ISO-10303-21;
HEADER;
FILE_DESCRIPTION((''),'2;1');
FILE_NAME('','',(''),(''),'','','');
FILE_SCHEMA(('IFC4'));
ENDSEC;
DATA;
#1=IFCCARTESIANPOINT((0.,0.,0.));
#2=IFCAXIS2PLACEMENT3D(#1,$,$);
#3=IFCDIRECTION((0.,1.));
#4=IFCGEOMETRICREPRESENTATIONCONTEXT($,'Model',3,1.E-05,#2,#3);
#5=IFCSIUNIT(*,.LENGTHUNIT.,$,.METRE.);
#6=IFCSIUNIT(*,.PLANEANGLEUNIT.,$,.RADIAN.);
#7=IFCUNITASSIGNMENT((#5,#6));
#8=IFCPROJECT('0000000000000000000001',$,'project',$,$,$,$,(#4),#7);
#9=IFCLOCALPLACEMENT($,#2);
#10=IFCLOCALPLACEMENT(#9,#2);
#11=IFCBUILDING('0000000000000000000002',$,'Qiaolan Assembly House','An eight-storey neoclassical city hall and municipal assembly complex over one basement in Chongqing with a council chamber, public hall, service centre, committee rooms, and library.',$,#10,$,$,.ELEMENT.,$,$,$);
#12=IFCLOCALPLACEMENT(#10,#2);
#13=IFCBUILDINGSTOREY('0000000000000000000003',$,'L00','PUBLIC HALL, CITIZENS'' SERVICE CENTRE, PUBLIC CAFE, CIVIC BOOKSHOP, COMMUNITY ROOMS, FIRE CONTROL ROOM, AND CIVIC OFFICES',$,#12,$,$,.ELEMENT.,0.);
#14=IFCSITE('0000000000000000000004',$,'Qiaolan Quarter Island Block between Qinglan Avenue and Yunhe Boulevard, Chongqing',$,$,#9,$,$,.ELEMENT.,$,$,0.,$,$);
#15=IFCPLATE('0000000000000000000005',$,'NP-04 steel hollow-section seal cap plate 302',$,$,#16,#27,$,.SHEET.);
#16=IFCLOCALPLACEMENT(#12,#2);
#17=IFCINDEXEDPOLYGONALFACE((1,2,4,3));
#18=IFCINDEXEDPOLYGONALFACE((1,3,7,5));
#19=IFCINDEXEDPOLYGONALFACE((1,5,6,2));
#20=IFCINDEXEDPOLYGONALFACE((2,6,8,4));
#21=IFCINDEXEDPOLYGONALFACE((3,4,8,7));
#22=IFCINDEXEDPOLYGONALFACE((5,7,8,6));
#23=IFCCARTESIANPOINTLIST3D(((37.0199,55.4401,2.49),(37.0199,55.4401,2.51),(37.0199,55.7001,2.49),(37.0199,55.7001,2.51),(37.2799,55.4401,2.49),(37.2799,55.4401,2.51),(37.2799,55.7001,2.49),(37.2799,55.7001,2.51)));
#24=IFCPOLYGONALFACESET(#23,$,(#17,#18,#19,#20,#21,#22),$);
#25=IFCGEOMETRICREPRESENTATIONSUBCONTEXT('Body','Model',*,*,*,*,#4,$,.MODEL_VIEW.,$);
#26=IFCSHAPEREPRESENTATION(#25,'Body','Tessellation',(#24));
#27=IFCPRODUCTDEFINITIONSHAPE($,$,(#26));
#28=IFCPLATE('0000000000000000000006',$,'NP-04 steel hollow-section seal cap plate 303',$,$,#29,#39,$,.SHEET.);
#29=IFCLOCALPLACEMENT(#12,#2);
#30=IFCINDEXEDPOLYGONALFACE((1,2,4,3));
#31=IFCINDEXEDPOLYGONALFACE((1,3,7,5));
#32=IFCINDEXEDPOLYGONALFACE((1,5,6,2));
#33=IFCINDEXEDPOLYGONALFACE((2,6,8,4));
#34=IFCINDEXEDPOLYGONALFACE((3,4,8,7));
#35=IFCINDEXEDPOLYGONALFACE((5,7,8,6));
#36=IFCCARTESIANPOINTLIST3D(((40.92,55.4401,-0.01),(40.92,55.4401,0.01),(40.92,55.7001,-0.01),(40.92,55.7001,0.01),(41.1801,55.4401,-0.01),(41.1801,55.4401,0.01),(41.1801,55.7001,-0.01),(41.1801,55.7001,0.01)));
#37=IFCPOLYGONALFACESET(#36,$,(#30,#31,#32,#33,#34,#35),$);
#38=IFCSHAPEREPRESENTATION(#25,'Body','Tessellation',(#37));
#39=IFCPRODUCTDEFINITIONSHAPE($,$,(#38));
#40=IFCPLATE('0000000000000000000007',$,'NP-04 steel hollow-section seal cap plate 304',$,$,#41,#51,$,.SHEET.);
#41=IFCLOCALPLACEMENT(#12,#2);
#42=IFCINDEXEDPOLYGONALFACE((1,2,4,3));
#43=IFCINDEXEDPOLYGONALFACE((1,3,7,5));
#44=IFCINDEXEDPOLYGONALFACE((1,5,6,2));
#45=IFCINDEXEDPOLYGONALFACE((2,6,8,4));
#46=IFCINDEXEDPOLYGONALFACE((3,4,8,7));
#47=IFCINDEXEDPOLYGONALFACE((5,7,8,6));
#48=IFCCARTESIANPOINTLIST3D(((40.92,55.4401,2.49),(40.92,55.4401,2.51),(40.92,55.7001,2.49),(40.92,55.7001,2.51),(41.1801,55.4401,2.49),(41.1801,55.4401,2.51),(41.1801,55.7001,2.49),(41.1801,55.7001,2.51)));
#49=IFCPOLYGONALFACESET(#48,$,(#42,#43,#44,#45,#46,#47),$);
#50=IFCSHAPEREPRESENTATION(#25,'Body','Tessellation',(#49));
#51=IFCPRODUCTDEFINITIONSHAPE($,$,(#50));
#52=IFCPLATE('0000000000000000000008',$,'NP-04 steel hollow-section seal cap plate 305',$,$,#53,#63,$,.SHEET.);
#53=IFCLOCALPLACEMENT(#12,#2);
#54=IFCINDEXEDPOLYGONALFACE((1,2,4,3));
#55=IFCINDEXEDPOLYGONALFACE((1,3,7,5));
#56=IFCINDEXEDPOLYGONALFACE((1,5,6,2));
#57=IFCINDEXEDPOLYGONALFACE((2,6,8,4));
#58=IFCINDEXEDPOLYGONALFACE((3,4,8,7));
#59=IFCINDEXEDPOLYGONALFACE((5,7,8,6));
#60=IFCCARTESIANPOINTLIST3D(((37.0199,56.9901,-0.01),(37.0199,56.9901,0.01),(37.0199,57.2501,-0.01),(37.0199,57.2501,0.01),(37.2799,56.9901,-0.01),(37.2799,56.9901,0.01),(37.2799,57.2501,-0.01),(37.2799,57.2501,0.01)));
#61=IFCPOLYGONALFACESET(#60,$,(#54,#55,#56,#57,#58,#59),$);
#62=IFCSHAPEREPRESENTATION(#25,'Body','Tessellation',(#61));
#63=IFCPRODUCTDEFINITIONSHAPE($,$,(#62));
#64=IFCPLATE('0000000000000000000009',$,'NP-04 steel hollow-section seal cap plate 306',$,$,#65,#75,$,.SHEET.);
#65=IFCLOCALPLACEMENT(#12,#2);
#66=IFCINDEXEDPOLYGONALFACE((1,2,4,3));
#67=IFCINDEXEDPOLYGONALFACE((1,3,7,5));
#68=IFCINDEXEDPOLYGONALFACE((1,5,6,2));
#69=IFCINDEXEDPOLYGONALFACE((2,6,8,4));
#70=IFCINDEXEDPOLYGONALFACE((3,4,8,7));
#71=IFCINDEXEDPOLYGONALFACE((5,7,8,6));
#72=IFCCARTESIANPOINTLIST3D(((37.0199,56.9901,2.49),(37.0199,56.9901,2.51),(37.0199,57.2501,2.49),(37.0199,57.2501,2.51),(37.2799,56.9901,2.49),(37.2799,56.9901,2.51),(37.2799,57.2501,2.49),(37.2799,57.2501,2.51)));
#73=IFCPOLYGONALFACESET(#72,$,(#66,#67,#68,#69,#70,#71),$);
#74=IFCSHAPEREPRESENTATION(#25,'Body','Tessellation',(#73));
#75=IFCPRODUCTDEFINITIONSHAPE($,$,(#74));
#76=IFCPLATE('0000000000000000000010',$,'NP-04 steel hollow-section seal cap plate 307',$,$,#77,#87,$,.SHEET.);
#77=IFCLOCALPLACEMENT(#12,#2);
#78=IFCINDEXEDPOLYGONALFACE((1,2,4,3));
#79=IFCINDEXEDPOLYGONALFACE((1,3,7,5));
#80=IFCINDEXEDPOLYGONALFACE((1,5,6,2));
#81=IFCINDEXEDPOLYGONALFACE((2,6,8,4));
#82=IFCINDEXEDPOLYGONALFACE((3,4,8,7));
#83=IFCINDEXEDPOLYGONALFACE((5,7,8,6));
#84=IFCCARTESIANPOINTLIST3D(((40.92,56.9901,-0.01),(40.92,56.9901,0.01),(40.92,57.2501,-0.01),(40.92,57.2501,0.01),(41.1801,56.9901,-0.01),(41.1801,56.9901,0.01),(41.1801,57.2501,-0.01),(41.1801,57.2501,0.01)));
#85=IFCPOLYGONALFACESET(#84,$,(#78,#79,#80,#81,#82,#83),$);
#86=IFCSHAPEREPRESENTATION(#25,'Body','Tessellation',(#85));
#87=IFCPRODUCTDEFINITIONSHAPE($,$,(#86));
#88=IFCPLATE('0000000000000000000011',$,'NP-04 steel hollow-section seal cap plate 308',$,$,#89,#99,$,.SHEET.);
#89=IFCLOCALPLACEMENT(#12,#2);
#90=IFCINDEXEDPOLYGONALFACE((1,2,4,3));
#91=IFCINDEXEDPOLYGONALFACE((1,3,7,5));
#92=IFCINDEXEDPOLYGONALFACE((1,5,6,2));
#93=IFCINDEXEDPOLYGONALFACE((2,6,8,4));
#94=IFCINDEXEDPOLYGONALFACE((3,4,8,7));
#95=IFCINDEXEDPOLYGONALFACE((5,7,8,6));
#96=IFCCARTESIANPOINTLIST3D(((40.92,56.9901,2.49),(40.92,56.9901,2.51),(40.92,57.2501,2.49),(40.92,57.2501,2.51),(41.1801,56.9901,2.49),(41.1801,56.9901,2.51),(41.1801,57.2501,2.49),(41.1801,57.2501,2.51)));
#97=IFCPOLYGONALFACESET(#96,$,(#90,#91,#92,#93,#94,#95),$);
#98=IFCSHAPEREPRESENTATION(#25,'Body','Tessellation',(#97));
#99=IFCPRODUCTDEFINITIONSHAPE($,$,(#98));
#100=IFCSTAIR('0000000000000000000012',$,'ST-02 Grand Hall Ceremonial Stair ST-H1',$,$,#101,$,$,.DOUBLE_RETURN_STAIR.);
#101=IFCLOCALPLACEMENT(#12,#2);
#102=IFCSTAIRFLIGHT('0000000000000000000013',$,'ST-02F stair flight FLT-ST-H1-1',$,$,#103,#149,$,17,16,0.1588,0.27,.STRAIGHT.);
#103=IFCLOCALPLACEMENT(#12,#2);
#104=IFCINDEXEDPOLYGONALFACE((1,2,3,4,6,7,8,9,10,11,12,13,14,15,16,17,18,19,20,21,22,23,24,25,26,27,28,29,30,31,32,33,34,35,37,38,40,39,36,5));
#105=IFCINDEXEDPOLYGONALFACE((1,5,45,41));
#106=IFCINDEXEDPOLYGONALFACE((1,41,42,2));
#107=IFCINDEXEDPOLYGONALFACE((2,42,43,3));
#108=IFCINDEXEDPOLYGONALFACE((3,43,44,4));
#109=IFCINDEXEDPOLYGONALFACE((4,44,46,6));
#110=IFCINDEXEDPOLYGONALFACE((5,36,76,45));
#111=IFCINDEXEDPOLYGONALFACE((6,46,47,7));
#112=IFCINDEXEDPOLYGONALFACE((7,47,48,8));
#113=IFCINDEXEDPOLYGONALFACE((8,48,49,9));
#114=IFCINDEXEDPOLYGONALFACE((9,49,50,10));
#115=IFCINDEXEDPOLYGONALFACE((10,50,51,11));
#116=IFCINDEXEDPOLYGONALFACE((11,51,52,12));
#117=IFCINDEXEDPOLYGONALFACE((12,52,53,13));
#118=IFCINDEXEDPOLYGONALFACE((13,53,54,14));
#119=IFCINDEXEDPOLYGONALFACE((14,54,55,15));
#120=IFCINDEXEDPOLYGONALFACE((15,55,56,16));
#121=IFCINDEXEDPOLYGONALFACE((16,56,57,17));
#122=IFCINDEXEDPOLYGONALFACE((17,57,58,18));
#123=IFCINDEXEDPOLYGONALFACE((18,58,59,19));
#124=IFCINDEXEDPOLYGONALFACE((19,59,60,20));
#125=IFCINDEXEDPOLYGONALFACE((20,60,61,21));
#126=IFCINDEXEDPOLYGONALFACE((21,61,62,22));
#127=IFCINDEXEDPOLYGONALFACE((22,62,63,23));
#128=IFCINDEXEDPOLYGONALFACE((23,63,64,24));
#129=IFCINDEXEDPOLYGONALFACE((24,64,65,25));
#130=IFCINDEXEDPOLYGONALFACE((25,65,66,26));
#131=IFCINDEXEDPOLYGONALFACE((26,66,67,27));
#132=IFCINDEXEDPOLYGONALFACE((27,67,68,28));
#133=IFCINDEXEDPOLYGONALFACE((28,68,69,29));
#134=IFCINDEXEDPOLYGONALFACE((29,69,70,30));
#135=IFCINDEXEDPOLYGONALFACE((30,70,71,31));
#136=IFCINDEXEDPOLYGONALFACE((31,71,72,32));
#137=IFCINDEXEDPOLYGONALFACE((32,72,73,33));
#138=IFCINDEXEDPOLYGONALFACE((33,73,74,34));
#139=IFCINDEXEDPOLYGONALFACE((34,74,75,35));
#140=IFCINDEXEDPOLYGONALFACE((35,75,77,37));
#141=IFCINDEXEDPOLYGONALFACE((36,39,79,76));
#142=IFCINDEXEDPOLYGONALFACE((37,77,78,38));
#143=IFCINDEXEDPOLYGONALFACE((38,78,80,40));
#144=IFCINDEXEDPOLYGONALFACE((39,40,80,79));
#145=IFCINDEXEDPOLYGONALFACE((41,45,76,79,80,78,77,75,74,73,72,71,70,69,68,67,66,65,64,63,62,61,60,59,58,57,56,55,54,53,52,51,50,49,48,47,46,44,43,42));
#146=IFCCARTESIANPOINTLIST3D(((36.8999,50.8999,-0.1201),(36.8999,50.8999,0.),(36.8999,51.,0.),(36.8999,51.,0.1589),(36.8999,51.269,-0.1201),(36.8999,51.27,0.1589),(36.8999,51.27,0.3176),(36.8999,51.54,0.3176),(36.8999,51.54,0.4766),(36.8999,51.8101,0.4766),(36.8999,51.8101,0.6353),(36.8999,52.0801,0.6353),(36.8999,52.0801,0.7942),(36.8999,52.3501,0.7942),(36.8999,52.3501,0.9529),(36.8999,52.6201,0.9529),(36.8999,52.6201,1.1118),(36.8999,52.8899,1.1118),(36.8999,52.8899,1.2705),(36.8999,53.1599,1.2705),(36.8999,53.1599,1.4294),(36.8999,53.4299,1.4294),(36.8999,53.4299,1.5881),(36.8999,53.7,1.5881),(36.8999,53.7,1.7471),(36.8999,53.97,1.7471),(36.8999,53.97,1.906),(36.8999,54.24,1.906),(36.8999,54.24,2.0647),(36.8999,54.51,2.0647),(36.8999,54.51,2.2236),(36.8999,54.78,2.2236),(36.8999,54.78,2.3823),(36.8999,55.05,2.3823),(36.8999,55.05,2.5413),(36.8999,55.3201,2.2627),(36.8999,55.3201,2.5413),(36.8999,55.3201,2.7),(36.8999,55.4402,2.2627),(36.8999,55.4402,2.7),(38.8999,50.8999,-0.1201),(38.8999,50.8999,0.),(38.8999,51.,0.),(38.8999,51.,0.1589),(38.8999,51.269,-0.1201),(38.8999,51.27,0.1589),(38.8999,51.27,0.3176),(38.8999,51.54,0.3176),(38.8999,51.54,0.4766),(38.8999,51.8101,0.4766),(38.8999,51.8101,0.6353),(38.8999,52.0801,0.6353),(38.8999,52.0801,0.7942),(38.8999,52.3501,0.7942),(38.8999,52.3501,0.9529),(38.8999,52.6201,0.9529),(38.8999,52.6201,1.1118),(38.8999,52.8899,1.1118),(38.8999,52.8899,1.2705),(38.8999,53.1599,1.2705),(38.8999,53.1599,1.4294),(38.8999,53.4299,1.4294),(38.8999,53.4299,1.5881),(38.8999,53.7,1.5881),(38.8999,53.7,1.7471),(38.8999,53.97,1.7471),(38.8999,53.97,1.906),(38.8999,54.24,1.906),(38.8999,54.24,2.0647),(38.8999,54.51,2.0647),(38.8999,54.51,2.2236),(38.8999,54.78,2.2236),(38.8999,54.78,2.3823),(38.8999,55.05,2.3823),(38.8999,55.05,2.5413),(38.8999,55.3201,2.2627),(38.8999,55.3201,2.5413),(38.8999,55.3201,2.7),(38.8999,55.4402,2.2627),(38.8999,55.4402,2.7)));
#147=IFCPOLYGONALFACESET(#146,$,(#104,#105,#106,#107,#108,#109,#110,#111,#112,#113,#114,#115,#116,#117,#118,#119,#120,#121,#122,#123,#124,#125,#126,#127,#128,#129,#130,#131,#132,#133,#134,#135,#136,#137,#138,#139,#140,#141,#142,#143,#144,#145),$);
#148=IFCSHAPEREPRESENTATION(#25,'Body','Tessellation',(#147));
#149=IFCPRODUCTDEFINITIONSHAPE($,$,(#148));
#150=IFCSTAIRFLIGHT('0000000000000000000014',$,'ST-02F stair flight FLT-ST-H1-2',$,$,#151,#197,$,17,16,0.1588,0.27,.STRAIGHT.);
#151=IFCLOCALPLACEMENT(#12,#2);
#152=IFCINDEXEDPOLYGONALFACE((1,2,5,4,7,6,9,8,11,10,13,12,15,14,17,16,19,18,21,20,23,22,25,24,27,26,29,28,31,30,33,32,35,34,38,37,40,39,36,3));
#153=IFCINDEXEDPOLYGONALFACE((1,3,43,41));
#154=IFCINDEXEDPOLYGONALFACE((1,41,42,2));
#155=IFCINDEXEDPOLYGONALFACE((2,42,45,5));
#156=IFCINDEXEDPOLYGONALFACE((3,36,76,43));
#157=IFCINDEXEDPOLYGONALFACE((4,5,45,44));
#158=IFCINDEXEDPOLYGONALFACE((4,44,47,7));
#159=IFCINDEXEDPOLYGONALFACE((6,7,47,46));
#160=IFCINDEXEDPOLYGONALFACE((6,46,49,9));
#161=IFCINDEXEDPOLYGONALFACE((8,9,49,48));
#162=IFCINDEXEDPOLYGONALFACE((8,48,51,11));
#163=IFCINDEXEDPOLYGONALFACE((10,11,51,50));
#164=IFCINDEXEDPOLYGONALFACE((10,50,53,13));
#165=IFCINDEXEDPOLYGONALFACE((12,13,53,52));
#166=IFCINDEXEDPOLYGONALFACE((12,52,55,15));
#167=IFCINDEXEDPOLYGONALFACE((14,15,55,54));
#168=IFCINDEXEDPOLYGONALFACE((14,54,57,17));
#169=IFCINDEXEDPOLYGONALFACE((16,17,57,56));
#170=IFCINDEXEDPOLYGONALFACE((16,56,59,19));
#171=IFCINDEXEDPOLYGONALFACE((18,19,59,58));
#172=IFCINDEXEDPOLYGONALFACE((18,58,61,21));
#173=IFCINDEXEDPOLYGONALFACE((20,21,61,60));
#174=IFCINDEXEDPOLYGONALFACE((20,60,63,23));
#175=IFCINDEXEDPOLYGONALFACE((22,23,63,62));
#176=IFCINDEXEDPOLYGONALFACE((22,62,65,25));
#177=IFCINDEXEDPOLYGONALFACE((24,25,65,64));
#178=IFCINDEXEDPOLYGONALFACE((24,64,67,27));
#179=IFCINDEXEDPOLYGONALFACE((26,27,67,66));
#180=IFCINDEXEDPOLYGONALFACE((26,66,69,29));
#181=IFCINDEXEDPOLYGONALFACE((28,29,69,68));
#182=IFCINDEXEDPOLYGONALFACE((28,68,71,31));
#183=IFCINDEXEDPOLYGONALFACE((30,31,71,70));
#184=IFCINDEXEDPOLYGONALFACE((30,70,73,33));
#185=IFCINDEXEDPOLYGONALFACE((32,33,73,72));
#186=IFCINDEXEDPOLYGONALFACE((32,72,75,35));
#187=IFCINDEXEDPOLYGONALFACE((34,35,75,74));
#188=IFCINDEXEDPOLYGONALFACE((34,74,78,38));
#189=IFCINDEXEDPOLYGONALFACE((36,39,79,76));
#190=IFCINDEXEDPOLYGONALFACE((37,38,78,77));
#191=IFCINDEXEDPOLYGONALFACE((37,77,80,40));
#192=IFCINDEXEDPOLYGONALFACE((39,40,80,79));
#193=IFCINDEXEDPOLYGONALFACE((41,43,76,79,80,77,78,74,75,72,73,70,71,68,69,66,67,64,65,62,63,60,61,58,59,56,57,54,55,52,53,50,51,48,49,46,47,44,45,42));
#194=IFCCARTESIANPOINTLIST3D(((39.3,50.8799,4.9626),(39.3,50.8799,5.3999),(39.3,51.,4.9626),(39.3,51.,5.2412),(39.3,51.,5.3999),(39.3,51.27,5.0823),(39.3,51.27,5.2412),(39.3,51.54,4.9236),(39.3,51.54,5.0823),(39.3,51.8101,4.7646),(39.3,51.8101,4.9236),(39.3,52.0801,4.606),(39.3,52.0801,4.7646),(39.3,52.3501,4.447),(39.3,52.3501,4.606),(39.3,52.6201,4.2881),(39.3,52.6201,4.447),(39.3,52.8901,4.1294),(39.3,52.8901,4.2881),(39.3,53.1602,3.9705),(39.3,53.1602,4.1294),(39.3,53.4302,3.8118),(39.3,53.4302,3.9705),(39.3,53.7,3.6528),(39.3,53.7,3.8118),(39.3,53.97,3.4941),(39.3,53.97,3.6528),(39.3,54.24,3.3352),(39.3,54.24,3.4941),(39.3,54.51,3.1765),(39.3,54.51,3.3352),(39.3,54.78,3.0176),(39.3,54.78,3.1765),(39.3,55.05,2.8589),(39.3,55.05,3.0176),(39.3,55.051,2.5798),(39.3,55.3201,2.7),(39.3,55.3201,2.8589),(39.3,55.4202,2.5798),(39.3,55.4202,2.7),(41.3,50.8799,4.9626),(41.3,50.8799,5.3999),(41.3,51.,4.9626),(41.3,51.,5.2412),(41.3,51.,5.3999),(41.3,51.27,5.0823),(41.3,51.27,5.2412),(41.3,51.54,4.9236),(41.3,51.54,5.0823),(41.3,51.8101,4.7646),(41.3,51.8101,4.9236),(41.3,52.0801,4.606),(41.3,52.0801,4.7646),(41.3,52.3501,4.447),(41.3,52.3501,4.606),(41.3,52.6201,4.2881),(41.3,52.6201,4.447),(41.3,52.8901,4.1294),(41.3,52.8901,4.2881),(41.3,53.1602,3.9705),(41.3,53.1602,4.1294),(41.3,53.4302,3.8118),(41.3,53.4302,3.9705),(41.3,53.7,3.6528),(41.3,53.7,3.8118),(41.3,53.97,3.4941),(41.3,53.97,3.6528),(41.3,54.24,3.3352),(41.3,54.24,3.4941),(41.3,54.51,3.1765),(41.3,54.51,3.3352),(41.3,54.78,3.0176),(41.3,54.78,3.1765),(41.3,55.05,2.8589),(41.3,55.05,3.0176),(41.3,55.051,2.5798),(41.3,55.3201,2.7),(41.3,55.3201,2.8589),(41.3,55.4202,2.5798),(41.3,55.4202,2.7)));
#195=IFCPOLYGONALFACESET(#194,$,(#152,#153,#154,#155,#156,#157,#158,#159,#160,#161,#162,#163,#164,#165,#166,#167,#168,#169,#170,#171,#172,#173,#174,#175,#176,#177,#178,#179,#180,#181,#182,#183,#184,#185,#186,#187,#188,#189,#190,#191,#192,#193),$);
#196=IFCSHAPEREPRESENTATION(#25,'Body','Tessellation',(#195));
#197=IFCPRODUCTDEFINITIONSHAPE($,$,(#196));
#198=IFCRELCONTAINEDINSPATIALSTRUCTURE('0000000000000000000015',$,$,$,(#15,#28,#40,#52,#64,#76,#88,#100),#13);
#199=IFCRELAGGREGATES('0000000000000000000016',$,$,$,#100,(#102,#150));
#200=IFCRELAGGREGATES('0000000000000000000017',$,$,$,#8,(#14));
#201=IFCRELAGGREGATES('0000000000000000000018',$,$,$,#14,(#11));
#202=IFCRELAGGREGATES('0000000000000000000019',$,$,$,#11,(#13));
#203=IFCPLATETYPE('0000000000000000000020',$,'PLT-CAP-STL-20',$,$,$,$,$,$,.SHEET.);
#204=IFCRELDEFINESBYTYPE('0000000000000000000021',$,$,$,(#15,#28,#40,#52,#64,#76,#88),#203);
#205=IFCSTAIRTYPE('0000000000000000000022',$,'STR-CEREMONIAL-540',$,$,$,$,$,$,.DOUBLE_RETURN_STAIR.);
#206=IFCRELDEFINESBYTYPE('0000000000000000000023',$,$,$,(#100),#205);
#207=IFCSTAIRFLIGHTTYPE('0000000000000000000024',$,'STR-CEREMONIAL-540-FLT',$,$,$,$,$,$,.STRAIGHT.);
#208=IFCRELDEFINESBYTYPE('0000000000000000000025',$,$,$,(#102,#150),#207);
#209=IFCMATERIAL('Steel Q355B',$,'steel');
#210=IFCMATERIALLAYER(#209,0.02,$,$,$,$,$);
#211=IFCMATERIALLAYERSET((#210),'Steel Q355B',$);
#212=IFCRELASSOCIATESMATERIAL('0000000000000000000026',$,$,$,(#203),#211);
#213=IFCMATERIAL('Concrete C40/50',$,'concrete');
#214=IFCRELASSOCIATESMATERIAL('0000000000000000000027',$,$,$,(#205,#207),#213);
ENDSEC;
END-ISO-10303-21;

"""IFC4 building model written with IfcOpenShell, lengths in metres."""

from ifc_helpers import new_model, si_unit, direction, frame, origin, origin_2d, place, context, subcontext, project, spatial, polyline, rectangle, outline, extrude, material, layer, layer_set, type_object, element, aggregate, save


model = new_model("IFC4")

# Units and contexts
model_context = context("Model", 3, precision=1e-05, world=origin(), true_north=direction((0.0, 1.0)))
body_context = subcontext(model_context, "Body", "Model", "MODEL_VIEW")
ifc_project = project(units=[si_unit("LENGTHUNIT", "METRE"), si_unit("PLANEANGLEUNIT", "RADIAN")], contexts=[model_context])

# Site, building, storey
site_placement = place(None, origin())
site = spatial("IfcSite", under=ifc_project, at=site_placement, Name="Qiaolan Quarter Island Block between Qinglan Avenue and Yunhe Boulevard, Chongqing", CompositionType="ELEMENT", RefElevation=0.0)
building_placement = place(site_placement, origin())
building = spatial("IfcBuilding", under=site, at=building_placement, Name="Qiaolan Assembly House", Description="An eight-storey neoclassical city hall and municipal assembly complex over one basement in Chongqing with a council chamber, public hall, service centre, committee rooms, and library.", CompositionType="ELEMENT")
storey_placement = place(building_placement, origin())
storey = spatial("IfcBuildingStorey", under=building, at=storey_placement, Name="L00", Description="PUBLIC HALL, CITIZENS' SERVICE CENTRE, PUBLIC CAFE, CIVIC BOOKSHOP, COMMUNITY ROOMS, FIRE CONTROL ROOM, AND CIVIC OFFICES", CompositionType="ELEMENT", Elevation=0.0)

# Shared definitions
ifc_material_1 = material(Name="Steel Q355B", Category="steel")

# Plates
ifc_layer = layer(ifc_material_1, 0.02)
ifc_layer_set = layer_set([ifc_layer], Name="Steel Q355B")
plate_type = type_object("IfcPlateType", Name="PLT-CAP-STL-20", PredefinedType="SHEET", material=ifc_layer_set)
for number, where, z_axis, x_axis, name in (
    (1, (37.1499, 55.5701, 2.49), (0.0, 0.0, 1.0), (1.0, 0.0, 0.0), "NP-04 steel hollow-section seal cap plate 302"),
    (2, (41.05, 55.5701, -0.01), (0.0, 0.0, 1.0), (1.0, 0.0, 0.0), "NP-04 steel hollow-section seal cap plate 303"),
    (3, (41.05, 55.5701, 2.49), (0.0, 0.0, 1.0), (1.0, 0.0, 0.0), "NP-04 steel hollow-section seal cap plate 304"),
    (4, (37.1499, 57.1201, -0.01), (0.0, 0.0, 1.0), (1.0, 0.0, 0.0), "NP-04 steel hollow-section seal cap plate 305"),
    (5, (37.1499, 57.1201, 2.49), (0.0, 0.0, 1.0), (1.0, 0.0, 0.0), "NP-04 steel hollow-section seal cap plate 306"),
    (6, (41.05, 57.1201, -0.01), (0.0, 0.0, 1.0), (1.0, 0.0, 0.0), "NP-04 steel hollow-section seal cap plate 307"),
    (7, (41.05, 57.1201, 2.49), (0.0, 0.0, 1.0), (1.0, 0.0, 0.0), "NP-04 steel hollow-section seal cap plate 308"),
):
    element("IfcPlate", number, at=place(storey_placement, frame(where, z_axis=z_axis, x_axis=x_axis)), inside=storey, type_object=plate_type, Name=name, PredefinedType="SHEET", context=body_context, shape_type="SweptSolid", body=[
        extrude(rectangle(XDim=0.26, YDim=0.26, at=origin_2d()), origin(), (0.0, 0.0, 1.0), 0.02),
    ])

# Stair, stair flights
ifc_material_2 = material(Name="Concrete C40/50", Category="concrete")
stair_type = type_object("IfcStairType", Name="STR-CEREMONIAL-540", PredefinedType="DOUBLE_RETURN_STAIR", material=ifc_material_2)
stair_placement = place(storey_placement, origin())
stair = element("IfcStair", 8, at=stair_placement, inside=storey, type_object=stair_type, Name="ST-02 Grand Hall Ceremonial Stair ST-H1", PredefinedType="DOUBLE_RETURN_STAIR")
stair_flight_type = type_object("IfcStairFlightType", Name="STR-CEREMONIAL-540-FLT", PredefinedType="STRAIGHT", material=ifc_material_2)
stair_flight_1_placement = place(storey_placement, frame((37.8999, 51.0, 0.0), z_axis=(0.0, 0.0, 1.0), x_axis=(0.0, 1.0, 0.0)))
stair_flight_1 = element("IfcStairFlight", 9, at=stair_flight_1_placement, type_object=stair_flight_type, Name="ST-02F stair flight FLT-ST-H1-1", NumberOfRisers=17, NumberOfTreads=16, PredefinedType="STRAIGHT", RiserHeight=0.1588, TreadLength=0.27, context=body_context, shape_type="SweptSolid", body=[
    extrude(outline(polyline([(-0.1001, -0.1201), (-0.1001, 0.0), (0.0, 0.0), (0.0, 0.1589), (0.27, 0.1589), (0.27, 0.3176), (0.54, 0.3176), (0.54, 0.4766), (0.8101, 0.4766), (0.8101, 0.6353), (1.0801, 0.6353), (1.0801, 0.7942), (1.3501, 0.7942), (1.3501, 0.9529), (1.6201, 0.9529), (1.6201, 1.1118), (1.8899, 1.1118), (1.8899, 1.2705), (2.1599, 1.2705), (2.1599, 1.4294), (2.4299, 1.4294), (2.4299, 1.5881), (2.7, 1.5881), (2.7, 1.7471), (2.97, 1.7471), (2.97, 1.906), (3.24, 1.906), (3.24, 2.0647), (3.51, 2.0647), (3.51, 2.2236), (3.78, 2.2236), (3.78, 2.3823), (4.05, 2.3823), (4.05, 2.5413), (4.3201, 2.5413), (4.3201, 2.7), (4.4402, 2.7), (4.4402, 2.2627), (4.3201, 2.2627), (0.269, -0.1201), (-0.1001, -0.1201)])), frame((0.0, 1.0, 0.0), z_axis=(0.0, -1.0, 0.0), x_axis=(1.0, 0.0, 0.0)), (0.0, 0.0, 1.0), 2.0),
])
stair_flight_2_placement = place(storey_placement, frame((40.3, 55.3201, 2.7), z_axis=(0.0, 0.0, 1.0), x_axis=(0.0, -1.0, 0.0)))
stair_flight_2 = element("IfcStairFlight", 10, at=stair_flight_2_placement, type_object=stair_flight_type, Name="ST-02F stair flight FLT-ST-H1-2", NumberOfRisers=17, NumberOfTreads=16, PredefinedType="STRAIGHT", RiserHeight=0.1588, TreadLength=0.27, context=body_context, shape_type="SweptSolid", body=[
    extrude(outline(polyline([(-0.1001, -0.1201), (-0.1001, 0.0), (0.0, 0.0), (0.0, 0.1589), (0.27, 0.1589), (0.27, 0.3176), (0.54, 0.3176), (0.54, 0.4766), (0.8101, 0.4766), (0.8101, 0.6353), (1.0801, 0.6353), (1.0801, 0.7942), (1.3501, 0.7942), (1.3501, 0.9529), (1.6201, 0.9529), (1.6201, 1.1118), (1.8899, 1.1118), (1.8899, 1.2705), (2.1599, 1.2705), (2.1599, 1.4294), (2.4299, 1.4294), (2.4299, 1.5881), (2.7, 1.5881), (2.7, 1.7471), (2.97, 1.7471), (2.97, 1.906), (3.24, 1.906), (3.24, 2.0647), (3.51, 2.0647), (3.51, 2.2236), (3.78, 2.2236), (3.78, 2.3823), (4.05, 2.3823), (4.05, 2.5413), (4.3201, 2.5413), (4.3201, 2.7), (4.4402, 2.7), (4.4402, 2.2627), (4.3201, 2.2627), (0.269, -0.1201), (-0.1001, -0.1201)])), frame((0.0, 1.0, 0.0), z_axis=(0.0, -1.0, 0.0), x_axis=(1.0, 0.0, 0.0)), (0.0, 0.0, 1.0), 2.0),
])
aggregate(stair, [stair_flight_1, stair_flight_2])

save(model, "model.ifc")
